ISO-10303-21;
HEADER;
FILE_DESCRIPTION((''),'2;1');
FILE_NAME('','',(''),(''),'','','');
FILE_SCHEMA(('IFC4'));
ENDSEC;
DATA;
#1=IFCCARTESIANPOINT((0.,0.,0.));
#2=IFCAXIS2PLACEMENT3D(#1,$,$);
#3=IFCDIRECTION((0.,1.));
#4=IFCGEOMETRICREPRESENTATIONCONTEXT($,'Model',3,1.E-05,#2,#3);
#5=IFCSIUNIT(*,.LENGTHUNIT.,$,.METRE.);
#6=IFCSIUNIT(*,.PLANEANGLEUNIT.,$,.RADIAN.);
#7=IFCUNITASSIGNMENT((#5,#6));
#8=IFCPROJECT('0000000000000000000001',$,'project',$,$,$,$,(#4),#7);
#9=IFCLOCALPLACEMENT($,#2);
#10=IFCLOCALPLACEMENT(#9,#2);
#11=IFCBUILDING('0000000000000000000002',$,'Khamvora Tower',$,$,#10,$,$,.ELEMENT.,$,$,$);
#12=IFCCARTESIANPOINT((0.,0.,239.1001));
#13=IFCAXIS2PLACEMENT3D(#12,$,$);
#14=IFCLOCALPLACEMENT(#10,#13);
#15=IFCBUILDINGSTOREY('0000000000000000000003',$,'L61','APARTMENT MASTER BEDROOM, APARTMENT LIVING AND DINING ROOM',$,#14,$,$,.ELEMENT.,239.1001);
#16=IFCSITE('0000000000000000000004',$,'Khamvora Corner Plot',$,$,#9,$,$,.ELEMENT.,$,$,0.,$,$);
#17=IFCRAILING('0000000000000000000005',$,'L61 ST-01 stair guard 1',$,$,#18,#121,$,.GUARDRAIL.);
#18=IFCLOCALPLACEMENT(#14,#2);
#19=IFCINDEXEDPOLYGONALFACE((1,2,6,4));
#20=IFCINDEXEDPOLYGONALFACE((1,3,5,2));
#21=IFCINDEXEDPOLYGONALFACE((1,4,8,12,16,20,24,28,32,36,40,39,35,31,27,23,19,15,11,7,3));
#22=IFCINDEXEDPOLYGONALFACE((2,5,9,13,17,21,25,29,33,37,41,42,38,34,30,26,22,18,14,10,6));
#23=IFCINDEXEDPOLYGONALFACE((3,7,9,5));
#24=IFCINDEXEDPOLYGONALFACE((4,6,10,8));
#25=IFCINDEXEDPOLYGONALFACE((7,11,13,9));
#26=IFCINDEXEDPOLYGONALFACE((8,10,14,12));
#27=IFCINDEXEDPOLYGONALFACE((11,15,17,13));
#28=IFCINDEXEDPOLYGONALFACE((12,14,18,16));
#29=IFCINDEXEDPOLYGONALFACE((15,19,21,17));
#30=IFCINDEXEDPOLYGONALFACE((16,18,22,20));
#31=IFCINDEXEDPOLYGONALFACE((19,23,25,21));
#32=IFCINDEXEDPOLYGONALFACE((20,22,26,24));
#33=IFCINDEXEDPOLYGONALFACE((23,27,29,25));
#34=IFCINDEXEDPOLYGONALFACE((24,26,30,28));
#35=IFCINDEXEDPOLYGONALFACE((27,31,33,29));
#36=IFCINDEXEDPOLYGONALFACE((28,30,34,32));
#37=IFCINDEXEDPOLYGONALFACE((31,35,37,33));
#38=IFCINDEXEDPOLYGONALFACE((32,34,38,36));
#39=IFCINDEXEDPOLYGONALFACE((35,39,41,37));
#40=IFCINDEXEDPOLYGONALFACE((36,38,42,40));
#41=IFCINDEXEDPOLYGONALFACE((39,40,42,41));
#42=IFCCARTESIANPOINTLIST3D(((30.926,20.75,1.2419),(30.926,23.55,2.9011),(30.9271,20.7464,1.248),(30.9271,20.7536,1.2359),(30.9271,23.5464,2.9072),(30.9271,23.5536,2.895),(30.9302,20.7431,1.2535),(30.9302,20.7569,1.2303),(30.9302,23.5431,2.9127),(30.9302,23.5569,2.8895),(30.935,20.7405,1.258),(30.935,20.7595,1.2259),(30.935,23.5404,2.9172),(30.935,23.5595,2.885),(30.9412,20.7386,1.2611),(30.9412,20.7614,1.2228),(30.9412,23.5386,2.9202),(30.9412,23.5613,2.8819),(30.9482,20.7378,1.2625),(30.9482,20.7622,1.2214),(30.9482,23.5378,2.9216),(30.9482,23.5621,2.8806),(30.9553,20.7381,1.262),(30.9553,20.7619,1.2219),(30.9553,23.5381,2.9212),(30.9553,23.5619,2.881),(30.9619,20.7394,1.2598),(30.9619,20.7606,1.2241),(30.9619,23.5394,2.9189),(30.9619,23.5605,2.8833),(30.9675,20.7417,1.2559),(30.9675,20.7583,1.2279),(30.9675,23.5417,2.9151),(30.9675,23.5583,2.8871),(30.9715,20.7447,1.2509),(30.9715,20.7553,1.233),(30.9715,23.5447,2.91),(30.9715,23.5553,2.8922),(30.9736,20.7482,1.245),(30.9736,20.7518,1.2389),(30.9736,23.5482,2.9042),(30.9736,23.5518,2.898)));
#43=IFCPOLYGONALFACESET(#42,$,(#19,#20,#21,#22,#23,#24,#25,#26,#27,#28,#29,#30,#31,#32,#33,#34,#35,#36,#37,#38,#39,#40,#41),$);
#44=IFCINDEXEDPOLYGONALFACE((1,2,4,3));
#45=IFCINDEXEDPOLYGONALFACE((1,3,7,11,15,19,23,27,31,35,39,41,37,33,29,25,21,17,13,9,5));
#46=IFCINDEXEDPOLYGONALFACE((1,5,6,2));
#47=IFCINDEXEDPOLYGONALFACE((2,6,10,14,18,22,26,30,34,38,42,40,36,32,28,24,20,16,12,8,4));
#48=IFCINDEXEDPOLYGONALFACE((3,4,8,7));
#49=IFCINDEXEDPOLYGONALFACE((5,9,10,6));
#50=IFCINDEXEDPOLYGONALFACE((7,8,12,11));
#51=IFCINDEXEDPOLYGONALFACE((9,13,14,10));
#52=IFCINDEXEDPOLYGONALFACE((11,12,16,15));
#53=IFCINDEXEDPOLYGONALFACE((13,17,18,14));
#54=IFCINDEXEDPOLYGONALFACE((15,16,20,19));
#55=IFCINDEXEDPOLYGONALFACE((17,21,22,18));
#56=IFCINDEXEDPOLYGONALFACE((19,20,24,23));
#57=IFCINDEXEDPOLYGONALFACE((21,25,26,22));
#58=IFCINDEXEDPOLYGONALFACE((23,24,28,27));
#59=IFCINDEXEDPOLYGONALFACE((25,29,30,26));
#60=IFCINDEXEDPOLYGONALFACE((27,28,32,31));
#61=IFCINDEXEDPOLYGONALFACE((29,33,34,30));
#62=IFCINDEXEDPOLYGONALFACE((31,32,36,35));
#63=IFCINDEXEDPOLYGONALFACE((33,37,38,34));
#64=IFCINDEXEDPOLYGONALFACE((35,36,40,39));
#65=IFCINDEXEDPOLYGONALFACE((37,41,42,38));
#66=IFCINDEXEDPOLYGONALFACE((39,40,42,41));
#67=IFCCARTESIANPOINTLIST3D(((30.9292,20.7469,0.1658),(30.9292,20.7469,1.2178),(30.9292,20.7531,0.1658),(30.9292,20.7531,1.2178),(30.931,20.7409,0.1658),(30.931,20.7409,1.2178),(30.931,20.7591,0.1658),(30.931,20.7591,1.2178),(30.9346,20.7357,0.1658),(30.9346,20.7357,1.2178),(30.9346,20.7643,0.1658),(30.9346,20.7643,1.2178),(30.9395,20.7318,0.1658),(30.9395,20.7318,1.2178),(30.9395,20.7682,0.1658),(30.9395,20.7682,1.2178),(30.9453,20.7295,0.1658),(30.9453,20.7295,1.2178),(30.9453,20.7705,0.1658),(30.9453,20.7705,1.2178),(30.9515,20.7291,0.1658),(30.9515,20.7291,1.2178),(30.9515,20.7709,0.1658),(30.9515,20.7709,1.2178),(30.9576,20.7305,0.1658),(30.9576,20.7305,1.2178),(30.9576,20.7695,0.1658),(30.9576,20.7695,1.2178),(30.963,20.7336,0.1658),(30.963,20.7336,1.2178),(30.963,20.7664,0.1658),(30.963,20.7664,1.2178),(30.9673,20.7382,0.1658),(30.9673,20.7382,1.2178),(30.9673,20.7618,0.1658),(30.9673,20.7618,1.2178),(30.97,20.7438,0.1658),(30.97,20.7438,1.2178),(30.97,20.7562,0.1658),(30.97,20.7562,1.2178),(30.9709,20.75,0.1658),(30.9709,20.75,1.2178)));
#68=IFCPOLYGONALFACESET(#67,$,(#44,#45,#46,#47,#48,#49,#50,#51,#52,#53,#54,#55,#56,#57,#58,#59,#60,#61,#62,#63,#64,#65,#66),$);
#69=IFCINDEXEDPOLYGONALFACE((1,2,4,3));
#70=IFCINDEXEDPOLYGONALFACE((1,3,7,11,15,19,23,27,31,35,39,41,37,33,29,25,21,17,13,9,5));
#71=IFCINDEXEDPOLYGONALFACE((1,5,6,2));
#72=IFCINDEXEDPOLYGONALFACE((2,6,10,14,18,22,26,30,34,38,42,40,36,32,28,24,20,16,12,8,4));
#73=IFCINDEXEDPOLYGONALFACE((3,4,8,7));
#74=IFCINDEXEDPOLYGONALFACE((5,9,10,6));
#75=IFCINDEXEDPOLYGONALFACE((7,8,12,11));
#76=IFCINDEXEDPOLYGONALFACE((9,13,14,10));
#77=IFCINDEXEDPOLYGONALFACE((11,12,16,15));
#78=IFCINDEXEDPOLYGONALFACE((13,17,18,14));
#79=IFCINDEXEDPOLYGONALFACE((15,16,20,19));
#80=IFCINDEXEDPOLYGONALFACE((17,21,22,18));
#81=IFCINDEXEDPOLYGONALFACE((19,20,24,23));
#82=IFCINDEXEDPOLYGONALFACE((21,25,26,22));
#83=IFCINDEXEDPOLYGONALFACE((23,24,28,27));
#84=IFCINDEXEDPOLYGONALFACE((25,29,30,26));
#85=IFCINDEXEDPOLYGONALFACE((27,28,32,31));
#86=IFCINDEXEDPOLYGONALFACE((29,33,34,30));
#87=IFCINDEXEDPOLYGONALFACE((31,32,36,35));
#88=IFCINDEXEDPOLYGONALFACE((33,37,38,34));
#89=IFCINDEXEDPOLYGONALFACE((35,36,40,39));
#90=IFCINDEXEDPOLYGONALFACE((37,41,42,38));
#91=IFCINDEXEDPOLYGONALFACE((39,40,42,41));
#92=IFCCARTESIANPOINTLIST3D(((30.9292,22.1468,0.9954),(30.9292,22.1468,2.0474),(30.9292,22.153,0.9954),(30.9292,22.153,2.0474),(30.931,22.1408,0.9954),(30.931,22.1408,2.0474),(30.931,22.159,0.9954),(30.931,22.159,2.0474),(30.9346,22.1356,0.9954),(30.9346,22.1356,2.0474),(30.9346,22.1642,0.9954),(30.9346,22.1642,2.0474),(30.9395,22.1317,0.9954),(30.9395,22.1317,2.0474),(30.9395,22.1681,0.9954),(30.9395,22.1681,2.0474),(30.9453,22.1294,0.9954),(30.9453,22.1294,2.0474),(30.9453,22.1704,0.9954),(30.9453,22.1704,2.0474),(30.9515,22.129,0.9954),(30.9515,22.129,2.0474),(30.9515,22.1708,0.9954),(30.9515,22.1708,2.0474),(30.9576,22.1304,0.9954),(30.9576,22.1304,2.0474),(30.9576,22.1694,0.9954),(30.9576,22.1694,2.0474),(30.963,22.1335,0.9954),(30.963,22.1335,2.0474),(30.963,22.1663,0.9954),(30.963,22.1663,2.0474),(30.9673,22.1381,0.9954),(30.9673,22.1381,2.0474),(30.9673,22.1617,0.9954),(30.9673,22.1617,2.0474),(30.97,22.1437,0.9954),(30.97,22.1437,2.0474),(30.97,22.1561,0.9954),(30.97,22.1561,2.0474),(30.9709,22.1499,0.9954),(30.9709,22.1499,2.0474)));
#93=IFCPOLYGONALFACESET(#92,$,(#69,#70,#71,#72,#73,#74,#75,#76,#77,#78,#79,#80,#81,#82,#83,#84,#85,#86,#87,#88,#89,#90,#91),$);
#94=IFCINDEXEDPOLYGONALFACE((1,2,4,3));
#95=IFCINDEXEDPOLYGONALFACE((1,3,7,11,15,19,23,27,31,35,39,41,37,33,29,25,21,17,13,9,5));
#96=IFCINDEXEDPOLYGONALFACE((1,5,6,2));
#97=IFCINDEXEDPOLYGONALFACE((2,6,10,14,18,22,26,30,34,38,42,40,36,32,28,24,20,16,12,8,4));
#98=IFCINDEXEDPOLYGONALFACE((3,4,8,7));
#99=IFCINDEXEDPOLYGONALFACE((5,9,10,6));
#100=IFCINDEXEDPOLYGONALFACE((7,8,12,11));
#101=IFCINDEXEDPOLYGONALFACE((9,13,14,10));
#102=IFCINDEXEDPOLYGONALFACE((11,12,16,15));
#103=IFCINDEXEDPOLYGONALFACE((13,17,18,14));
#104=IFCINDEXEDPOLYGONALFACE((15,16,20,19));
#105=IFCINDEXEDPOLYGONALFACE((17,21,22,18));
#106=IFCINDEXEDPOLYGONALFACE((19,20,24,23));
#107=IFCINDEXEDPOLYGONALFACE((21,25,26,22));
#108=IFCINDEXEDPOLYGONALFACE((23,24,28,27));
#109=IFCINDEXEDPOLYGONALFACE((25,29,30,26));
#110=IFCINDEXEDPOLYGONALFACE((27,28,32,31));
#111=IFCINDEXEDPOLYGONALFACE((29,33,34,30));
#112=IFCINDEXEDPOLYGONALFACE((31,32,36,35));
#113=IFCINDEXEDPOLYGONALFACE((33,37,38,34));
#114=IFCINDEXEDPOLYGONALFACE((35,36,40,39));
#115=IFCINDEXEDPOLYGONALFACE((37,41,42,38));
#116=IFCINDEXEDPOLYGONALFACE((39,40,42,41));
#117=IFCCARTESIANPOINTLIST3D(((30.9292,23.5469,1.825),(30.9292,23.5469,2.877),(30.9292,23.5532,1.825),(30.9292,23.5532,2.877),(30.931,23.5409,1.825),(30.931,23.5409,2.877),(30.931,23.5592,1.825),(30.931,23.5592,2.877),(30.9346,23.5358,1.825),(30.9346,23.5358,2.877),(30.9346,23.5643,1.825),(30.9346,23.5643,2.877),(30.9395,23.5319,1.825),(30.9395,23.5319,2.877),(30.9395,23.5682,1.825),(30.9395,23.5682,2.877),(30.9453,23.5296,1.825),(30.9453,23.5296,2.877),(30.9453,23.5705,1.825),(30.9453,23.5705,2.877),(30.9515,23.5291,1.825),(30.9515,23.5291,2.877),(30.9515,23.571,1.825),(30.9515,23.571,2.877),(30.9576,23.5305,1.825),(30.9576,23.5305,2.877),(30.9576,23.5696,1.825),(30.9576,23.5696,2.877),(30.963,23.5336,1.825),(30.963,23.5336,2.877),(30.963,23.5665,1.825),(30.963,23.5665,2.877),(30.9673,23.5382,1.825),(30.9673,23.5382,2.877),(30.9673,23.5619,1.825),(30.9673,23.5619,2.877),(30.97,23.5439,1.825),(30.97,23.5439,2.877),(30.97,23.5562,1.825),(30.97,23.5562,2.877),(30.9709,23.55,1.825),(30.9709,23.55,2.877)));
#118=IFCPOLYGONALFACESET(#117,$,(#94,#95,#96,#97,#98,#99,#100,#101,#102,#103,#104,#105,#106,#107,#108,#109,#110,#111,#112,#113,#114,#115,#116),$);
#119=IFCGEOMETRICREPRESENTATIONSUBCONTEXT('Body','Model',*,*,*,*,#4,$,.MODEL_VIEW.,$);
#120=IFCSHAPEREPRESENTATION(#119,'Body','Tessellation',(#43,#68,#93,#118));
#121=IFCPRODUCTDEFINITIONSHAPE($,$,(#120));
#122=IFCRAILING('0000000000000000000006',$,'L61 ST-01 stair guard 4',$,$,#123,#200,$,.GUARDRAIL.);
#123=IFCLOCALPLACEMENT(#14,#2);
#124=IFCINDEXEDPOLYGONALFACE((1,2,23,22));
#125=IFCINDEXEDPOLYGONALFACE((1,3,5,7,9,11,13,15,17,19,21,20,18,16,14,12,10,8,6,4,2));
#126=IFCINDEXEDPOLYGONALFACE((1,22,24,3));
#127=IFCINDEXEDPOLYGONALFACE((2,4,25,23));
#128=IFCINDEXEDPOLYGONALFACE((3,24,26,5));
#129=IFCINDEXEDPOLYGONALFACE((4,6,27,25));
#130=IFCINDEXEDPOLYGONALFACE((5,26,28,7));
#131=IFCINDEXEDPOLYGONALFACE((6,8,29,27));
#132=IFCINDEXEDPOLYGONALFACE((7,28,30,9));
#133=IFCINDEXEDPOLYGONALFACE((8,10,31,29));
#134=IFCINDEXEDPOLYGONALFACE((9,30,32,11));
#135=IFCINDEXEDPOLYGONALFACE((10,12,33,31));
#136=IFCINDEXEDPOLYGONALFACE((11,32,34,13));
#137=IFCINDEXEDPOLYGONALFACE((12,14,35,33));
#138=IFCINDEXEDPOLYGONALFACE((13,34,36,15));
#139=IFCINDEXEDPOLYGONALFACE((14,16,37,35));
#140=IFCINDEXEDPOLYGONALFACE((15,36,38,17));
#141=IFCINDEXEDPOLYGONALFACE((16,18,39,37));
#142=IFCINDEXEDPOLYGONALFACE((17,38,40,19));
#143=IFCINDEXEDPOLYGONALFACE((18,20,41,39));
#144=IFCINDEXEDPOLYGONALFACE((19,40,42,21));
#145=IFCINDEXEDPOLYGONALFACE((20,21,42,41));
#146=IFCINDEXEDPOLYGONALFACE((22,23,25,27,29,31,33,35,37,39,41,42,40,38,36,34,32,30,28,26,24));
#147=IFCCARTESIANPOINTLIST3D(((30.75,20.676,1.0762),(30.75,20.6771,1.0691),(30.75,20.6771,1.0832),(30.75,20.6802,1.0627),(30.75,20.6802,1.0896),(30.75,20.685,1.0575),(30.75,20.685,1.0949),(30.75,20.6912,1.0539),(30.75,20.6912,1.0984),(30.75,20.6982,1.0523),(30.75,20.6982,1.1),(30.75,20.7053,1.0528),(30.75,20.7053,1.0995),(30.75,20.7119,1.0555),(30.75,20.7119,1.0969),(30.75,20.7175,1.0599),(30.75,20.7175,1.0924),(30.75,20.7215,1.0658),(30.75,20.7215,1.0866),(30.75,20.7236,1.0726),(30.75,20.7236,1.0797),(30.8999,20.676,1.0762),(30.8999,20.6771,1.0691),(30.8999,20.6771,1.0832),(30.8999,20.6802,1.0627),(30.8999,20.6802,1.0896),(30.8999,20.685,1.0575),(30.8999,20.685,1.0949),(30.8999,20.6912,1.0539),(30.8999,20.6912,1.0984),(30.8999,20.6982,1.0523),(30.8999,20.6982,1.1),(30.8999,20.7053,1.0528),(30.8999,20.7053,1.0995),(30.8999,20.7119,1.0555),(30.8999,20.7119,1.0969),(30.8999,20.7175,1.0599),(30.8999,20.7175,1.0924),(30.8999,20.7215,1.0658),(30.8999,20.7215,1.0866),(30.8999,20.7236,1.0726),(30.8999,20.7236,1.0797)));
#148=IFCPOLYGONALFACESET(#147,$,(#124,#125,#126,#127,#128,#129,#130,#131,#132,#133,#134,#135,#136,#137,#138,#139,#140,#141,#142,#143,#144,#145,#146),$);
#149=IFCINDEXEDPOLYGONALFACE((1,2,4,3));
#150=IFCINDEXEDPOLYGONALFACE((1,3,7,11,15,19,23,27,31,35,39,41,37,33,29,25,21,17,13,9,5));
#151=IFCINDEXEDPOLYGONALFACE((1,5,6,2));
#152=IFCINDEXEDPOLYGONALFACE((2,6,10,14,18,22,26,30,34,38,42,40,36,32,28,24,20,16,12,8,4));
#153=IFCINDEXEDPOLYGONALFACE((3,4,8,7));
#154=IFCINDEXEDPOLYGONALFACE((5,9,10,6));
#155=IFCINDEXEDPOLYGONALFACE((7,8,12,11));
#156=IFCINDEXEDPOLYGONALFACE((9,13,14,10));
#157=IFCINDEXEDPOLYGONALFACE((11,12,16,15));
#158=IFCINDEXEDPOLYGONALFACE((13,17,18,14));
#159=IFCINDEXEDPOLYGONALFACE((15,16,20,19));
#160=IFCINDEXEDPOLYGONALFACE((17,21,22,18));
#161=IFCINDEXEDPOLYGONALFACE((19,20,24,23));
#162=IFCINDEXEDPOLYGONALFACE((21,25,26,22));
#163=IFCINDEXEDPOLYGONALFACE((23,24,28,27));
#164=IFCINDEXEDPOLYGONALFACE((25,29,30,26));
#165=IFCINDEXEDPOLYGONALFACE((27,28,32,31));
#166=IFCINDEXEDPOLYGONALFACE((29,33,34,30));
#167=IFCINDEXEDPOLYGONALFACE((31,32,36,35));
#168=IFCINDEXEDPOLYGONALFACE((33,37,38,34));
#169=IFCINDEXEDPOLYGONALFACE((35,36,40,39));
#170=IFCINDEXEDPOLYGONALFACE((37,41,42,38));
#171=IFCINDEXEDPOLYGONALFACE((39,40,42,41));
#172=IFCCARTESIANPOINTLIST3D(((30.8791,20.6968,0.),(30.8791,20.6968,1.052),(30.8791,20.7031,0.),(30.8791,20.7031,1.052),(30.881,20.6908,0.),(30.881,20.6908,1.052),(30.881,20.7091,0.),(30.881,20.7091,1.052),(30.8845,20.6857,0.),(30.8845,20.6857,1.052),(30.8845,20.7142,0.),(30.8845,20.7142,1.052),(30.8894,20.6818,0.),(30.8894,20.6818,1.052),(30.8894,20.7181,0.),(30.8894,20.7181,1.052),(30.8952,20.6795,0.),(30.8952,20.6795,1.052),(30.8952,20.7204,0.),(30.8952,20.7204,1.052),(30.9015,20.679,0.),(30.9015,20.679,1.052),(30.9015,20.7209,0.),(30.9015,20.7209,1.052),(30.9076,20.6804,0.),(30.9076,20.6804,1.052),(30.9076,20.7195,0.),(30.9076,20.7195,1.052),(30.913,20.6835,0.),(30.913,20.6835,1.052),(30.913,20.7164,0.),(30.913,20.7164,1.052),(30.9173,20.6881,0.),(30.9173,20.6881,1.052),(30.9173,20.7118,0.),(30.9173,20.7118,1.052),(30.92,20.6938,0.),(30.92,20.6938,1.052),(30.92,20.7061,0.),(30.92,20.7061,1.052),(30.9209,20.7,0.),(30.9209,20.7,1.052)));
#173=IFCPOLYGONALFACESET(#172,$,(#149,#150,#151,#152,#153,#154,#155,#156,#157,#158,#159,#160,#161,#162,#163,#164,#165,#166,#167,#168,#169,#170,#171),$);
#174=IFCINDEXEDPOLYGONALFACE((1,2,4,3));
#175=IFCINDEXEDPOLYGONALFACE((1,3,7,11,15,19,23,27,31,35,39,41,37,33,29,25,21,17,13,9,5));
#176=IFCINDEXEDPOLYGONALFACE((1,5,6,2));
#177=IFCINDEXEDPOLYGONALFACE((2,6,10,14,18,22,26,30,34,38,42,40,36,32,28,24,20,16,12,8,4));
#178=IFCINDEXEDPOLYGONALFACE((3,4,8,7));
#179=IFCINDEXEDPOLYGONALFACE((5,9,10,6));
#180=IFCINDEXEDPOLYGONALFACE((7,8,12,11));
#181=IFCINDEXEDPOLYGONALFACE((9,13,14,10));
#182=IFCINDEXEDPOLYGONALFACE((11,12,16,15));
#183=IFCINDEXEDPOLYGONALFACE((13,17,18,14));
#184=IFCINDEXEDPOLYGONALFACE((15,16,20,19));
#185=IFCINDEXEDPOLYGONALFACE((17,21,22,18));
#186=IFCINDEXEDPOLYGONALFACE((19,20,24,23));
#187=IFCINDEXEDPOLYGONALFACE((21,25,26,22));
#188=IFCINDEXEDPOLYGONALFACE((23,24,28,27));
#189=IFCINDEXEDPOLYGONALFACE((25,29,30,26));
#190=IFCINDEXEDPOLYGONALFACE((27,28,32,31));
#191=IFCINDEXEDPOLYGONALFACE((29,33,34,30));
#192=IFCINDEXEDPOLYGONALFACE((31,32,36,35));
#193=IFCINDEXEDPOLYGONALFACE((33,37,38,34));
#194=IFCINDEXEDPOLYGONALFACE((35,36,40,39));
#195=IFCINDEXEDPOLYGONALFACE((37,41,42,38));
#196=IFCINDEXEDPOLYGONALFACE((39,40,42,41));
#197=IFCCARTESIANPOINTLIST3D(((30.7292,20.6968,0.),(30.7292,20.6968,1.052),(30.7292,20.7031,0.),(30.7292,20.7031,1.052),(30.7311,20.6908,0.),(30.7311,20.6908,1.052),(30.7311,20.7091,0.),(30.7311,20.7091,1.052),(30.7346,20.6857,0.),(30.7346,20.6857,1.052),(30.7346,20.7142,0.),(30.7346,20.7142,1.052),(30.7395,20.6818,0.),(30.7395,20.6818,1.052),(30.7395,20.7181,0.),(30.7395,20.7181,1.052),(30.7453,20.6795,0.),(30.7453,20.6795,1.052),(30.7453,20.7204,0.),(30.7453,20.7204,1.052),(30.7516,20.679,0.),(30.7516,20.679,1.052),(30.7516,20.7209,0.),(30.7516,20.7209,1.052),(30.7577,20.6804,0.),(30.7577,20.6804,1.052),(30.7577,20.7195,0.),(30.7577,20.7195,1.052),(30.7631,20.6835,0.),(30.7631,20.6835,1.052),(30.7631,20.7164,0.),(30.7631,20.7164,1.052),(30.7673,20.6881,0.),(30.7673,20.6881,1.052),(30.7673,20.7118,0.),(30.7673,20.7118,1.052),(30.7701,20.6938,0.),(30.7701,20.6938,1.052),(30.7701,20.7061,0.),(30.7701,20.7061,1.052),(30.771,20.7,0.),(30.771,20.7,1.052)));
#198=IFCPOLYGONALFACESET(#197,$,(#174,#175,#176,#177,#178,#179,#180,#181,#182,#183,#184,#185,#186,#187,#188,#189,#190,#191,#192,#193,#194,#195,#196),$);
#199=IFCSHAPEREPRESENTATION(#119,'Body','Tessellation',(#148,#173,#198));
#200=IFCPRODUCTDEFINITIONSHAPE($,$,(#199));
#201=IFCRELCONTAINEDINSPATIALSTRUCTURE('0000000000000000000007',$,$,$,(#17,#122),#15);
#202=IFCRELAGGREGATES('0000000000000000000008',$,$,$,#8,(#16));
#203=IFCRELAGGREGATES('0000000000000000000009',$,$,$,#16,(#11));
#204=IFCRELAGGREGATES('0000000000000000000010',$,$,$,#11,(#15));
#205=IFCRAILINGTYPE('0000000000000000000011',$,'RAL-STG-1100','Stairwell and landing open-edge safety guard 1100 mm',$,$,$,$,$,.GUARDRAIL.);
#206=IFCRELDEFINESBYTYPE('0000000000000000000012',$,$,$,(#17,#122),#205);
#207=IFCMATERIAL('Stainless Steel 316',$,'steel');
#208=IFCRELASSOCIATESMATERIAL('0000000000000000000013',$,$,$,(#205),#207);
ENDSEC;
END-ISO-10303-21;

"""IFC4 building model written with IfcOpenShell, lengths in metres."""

from ifc_helpers import new_model, si_unit, direction, frame, origin, origin_2d, place, context, subcontext, project, spatial, circle, extrude, material, type_object, element, save


model = new_model("IFC4")

# Units and contexts
model_context = context("Model", 3, precision=1e-05, world=origin(), true_north=direction((0.0, 1.0)))
body_context = subcontext(model_context, "Body", "Model", "MODEL_VIEW")
ifc_project = project(units=[si_unit("LENGTHUNIT", "METRE"), si_unit("PLANEANGLEUNIT", "RADIAN")], contexts=[model_context])

# Site, building, storey
site_placement = place(None, origin())
site = spatial("IfcSite", under=ifc_project, at=site_placement, Name="Khamvora Corner Plot", CompositionType="ELEMENT", RefElevation=0.0)
building_placement = place(site_placement, origin())
building = spatial("IfcBuilding", under=site, at=building_placement, Name="Khamvora Tower", CompositionType="ELEMENT")
storey_placement = place(building_placement, frame((0.0, 0.0, 239.1001)))
storey = spatial("IfcBuildingStorey", under=building, at=storey_placement, Name="L61", Description="APARTMENT MASTER BEDROOM, APARTMENT LIVING AND DINING ROOM", CompositionType="ELEMENT", Elevation=239.1001)

# Railings
ifc_material_1 = material(Name="Stainless Steel 316", Category="steel")
railing_type_1 = type_object("IfcRailingType", Name="RAL-STG-1100", Description="Stairwell and landing open-edge safety guard 1100 mm", PredefinedType="GUARDRAIL", material=ifc_material_1)
railing_1_placement = place(storey_placement, frame((30.95, 20.75, 0.1658)))
element("IfcRailing", 1, at=railing_1_placement, inside=storey, type_object=railing_type_1, Name="L61 ST-01 stair guard 1", PredefinedType="GUARDRAIL", context=body_context, shape_type="SweptSolid", body=[
    extrude(circle(Radius=0.0239, at=origin_2d()), frame((0.0, 0.0, 1.0762), z_axis=(0.0, 0.860306, 0.509778), x_axis=(-1.0, 0.0, 0.0)), (0.0, 0.0, 1.0), 3.2546),
    extrude(circle(Radius=0.021, at=origin_2d()), origin(), (0.0, 0.0, 1.0), 1.052),
    extrude(circle(Radius=0.021, at=origin_2d()), frame((0.0, 1.3999, 0.8296)), (0.0, 0.0, 1.0), 1.052),
    extrude(circle(Radius=0.021, at=origin_2d()), frame((0.0, 2.8, 1.6592)), (0.0, 0.0, 1.0), 1.052),
])
railing_2_placement = place(storey_placement, frame((30.8999, 20.7, 0.0)))
element("IfcRailing", 2, at=railing_2_placement, inside=storey, type_object=railing_type_1, Name="L61 ST-01 stair guard 4", PredefinedType="GUARDRAIL", context=body_context, shape_type="SweptSolid", body=[
    extrude(circle(Radius=0.0239, at=origin_2d()), frame((0.0, 0.0, 1.0762), z_axis=(-1.0, 0.0, 0.0), x_axis=(0.0, -1.0, 0.0)), (0.0, 0.0, 1.0), 0.1499),
    extrude(circle(Radius=0.021, at=origin_2d()), origin(), (0.0, 0.0, 1.0), 1.052),
    extrude(circle(Radius=0.021, at=origin_2d()), frame((-0.1499, 0.0, 0.0)), (0.0, 0.0, 1.0), 1.052),
])

save(model, "model.ifc")
